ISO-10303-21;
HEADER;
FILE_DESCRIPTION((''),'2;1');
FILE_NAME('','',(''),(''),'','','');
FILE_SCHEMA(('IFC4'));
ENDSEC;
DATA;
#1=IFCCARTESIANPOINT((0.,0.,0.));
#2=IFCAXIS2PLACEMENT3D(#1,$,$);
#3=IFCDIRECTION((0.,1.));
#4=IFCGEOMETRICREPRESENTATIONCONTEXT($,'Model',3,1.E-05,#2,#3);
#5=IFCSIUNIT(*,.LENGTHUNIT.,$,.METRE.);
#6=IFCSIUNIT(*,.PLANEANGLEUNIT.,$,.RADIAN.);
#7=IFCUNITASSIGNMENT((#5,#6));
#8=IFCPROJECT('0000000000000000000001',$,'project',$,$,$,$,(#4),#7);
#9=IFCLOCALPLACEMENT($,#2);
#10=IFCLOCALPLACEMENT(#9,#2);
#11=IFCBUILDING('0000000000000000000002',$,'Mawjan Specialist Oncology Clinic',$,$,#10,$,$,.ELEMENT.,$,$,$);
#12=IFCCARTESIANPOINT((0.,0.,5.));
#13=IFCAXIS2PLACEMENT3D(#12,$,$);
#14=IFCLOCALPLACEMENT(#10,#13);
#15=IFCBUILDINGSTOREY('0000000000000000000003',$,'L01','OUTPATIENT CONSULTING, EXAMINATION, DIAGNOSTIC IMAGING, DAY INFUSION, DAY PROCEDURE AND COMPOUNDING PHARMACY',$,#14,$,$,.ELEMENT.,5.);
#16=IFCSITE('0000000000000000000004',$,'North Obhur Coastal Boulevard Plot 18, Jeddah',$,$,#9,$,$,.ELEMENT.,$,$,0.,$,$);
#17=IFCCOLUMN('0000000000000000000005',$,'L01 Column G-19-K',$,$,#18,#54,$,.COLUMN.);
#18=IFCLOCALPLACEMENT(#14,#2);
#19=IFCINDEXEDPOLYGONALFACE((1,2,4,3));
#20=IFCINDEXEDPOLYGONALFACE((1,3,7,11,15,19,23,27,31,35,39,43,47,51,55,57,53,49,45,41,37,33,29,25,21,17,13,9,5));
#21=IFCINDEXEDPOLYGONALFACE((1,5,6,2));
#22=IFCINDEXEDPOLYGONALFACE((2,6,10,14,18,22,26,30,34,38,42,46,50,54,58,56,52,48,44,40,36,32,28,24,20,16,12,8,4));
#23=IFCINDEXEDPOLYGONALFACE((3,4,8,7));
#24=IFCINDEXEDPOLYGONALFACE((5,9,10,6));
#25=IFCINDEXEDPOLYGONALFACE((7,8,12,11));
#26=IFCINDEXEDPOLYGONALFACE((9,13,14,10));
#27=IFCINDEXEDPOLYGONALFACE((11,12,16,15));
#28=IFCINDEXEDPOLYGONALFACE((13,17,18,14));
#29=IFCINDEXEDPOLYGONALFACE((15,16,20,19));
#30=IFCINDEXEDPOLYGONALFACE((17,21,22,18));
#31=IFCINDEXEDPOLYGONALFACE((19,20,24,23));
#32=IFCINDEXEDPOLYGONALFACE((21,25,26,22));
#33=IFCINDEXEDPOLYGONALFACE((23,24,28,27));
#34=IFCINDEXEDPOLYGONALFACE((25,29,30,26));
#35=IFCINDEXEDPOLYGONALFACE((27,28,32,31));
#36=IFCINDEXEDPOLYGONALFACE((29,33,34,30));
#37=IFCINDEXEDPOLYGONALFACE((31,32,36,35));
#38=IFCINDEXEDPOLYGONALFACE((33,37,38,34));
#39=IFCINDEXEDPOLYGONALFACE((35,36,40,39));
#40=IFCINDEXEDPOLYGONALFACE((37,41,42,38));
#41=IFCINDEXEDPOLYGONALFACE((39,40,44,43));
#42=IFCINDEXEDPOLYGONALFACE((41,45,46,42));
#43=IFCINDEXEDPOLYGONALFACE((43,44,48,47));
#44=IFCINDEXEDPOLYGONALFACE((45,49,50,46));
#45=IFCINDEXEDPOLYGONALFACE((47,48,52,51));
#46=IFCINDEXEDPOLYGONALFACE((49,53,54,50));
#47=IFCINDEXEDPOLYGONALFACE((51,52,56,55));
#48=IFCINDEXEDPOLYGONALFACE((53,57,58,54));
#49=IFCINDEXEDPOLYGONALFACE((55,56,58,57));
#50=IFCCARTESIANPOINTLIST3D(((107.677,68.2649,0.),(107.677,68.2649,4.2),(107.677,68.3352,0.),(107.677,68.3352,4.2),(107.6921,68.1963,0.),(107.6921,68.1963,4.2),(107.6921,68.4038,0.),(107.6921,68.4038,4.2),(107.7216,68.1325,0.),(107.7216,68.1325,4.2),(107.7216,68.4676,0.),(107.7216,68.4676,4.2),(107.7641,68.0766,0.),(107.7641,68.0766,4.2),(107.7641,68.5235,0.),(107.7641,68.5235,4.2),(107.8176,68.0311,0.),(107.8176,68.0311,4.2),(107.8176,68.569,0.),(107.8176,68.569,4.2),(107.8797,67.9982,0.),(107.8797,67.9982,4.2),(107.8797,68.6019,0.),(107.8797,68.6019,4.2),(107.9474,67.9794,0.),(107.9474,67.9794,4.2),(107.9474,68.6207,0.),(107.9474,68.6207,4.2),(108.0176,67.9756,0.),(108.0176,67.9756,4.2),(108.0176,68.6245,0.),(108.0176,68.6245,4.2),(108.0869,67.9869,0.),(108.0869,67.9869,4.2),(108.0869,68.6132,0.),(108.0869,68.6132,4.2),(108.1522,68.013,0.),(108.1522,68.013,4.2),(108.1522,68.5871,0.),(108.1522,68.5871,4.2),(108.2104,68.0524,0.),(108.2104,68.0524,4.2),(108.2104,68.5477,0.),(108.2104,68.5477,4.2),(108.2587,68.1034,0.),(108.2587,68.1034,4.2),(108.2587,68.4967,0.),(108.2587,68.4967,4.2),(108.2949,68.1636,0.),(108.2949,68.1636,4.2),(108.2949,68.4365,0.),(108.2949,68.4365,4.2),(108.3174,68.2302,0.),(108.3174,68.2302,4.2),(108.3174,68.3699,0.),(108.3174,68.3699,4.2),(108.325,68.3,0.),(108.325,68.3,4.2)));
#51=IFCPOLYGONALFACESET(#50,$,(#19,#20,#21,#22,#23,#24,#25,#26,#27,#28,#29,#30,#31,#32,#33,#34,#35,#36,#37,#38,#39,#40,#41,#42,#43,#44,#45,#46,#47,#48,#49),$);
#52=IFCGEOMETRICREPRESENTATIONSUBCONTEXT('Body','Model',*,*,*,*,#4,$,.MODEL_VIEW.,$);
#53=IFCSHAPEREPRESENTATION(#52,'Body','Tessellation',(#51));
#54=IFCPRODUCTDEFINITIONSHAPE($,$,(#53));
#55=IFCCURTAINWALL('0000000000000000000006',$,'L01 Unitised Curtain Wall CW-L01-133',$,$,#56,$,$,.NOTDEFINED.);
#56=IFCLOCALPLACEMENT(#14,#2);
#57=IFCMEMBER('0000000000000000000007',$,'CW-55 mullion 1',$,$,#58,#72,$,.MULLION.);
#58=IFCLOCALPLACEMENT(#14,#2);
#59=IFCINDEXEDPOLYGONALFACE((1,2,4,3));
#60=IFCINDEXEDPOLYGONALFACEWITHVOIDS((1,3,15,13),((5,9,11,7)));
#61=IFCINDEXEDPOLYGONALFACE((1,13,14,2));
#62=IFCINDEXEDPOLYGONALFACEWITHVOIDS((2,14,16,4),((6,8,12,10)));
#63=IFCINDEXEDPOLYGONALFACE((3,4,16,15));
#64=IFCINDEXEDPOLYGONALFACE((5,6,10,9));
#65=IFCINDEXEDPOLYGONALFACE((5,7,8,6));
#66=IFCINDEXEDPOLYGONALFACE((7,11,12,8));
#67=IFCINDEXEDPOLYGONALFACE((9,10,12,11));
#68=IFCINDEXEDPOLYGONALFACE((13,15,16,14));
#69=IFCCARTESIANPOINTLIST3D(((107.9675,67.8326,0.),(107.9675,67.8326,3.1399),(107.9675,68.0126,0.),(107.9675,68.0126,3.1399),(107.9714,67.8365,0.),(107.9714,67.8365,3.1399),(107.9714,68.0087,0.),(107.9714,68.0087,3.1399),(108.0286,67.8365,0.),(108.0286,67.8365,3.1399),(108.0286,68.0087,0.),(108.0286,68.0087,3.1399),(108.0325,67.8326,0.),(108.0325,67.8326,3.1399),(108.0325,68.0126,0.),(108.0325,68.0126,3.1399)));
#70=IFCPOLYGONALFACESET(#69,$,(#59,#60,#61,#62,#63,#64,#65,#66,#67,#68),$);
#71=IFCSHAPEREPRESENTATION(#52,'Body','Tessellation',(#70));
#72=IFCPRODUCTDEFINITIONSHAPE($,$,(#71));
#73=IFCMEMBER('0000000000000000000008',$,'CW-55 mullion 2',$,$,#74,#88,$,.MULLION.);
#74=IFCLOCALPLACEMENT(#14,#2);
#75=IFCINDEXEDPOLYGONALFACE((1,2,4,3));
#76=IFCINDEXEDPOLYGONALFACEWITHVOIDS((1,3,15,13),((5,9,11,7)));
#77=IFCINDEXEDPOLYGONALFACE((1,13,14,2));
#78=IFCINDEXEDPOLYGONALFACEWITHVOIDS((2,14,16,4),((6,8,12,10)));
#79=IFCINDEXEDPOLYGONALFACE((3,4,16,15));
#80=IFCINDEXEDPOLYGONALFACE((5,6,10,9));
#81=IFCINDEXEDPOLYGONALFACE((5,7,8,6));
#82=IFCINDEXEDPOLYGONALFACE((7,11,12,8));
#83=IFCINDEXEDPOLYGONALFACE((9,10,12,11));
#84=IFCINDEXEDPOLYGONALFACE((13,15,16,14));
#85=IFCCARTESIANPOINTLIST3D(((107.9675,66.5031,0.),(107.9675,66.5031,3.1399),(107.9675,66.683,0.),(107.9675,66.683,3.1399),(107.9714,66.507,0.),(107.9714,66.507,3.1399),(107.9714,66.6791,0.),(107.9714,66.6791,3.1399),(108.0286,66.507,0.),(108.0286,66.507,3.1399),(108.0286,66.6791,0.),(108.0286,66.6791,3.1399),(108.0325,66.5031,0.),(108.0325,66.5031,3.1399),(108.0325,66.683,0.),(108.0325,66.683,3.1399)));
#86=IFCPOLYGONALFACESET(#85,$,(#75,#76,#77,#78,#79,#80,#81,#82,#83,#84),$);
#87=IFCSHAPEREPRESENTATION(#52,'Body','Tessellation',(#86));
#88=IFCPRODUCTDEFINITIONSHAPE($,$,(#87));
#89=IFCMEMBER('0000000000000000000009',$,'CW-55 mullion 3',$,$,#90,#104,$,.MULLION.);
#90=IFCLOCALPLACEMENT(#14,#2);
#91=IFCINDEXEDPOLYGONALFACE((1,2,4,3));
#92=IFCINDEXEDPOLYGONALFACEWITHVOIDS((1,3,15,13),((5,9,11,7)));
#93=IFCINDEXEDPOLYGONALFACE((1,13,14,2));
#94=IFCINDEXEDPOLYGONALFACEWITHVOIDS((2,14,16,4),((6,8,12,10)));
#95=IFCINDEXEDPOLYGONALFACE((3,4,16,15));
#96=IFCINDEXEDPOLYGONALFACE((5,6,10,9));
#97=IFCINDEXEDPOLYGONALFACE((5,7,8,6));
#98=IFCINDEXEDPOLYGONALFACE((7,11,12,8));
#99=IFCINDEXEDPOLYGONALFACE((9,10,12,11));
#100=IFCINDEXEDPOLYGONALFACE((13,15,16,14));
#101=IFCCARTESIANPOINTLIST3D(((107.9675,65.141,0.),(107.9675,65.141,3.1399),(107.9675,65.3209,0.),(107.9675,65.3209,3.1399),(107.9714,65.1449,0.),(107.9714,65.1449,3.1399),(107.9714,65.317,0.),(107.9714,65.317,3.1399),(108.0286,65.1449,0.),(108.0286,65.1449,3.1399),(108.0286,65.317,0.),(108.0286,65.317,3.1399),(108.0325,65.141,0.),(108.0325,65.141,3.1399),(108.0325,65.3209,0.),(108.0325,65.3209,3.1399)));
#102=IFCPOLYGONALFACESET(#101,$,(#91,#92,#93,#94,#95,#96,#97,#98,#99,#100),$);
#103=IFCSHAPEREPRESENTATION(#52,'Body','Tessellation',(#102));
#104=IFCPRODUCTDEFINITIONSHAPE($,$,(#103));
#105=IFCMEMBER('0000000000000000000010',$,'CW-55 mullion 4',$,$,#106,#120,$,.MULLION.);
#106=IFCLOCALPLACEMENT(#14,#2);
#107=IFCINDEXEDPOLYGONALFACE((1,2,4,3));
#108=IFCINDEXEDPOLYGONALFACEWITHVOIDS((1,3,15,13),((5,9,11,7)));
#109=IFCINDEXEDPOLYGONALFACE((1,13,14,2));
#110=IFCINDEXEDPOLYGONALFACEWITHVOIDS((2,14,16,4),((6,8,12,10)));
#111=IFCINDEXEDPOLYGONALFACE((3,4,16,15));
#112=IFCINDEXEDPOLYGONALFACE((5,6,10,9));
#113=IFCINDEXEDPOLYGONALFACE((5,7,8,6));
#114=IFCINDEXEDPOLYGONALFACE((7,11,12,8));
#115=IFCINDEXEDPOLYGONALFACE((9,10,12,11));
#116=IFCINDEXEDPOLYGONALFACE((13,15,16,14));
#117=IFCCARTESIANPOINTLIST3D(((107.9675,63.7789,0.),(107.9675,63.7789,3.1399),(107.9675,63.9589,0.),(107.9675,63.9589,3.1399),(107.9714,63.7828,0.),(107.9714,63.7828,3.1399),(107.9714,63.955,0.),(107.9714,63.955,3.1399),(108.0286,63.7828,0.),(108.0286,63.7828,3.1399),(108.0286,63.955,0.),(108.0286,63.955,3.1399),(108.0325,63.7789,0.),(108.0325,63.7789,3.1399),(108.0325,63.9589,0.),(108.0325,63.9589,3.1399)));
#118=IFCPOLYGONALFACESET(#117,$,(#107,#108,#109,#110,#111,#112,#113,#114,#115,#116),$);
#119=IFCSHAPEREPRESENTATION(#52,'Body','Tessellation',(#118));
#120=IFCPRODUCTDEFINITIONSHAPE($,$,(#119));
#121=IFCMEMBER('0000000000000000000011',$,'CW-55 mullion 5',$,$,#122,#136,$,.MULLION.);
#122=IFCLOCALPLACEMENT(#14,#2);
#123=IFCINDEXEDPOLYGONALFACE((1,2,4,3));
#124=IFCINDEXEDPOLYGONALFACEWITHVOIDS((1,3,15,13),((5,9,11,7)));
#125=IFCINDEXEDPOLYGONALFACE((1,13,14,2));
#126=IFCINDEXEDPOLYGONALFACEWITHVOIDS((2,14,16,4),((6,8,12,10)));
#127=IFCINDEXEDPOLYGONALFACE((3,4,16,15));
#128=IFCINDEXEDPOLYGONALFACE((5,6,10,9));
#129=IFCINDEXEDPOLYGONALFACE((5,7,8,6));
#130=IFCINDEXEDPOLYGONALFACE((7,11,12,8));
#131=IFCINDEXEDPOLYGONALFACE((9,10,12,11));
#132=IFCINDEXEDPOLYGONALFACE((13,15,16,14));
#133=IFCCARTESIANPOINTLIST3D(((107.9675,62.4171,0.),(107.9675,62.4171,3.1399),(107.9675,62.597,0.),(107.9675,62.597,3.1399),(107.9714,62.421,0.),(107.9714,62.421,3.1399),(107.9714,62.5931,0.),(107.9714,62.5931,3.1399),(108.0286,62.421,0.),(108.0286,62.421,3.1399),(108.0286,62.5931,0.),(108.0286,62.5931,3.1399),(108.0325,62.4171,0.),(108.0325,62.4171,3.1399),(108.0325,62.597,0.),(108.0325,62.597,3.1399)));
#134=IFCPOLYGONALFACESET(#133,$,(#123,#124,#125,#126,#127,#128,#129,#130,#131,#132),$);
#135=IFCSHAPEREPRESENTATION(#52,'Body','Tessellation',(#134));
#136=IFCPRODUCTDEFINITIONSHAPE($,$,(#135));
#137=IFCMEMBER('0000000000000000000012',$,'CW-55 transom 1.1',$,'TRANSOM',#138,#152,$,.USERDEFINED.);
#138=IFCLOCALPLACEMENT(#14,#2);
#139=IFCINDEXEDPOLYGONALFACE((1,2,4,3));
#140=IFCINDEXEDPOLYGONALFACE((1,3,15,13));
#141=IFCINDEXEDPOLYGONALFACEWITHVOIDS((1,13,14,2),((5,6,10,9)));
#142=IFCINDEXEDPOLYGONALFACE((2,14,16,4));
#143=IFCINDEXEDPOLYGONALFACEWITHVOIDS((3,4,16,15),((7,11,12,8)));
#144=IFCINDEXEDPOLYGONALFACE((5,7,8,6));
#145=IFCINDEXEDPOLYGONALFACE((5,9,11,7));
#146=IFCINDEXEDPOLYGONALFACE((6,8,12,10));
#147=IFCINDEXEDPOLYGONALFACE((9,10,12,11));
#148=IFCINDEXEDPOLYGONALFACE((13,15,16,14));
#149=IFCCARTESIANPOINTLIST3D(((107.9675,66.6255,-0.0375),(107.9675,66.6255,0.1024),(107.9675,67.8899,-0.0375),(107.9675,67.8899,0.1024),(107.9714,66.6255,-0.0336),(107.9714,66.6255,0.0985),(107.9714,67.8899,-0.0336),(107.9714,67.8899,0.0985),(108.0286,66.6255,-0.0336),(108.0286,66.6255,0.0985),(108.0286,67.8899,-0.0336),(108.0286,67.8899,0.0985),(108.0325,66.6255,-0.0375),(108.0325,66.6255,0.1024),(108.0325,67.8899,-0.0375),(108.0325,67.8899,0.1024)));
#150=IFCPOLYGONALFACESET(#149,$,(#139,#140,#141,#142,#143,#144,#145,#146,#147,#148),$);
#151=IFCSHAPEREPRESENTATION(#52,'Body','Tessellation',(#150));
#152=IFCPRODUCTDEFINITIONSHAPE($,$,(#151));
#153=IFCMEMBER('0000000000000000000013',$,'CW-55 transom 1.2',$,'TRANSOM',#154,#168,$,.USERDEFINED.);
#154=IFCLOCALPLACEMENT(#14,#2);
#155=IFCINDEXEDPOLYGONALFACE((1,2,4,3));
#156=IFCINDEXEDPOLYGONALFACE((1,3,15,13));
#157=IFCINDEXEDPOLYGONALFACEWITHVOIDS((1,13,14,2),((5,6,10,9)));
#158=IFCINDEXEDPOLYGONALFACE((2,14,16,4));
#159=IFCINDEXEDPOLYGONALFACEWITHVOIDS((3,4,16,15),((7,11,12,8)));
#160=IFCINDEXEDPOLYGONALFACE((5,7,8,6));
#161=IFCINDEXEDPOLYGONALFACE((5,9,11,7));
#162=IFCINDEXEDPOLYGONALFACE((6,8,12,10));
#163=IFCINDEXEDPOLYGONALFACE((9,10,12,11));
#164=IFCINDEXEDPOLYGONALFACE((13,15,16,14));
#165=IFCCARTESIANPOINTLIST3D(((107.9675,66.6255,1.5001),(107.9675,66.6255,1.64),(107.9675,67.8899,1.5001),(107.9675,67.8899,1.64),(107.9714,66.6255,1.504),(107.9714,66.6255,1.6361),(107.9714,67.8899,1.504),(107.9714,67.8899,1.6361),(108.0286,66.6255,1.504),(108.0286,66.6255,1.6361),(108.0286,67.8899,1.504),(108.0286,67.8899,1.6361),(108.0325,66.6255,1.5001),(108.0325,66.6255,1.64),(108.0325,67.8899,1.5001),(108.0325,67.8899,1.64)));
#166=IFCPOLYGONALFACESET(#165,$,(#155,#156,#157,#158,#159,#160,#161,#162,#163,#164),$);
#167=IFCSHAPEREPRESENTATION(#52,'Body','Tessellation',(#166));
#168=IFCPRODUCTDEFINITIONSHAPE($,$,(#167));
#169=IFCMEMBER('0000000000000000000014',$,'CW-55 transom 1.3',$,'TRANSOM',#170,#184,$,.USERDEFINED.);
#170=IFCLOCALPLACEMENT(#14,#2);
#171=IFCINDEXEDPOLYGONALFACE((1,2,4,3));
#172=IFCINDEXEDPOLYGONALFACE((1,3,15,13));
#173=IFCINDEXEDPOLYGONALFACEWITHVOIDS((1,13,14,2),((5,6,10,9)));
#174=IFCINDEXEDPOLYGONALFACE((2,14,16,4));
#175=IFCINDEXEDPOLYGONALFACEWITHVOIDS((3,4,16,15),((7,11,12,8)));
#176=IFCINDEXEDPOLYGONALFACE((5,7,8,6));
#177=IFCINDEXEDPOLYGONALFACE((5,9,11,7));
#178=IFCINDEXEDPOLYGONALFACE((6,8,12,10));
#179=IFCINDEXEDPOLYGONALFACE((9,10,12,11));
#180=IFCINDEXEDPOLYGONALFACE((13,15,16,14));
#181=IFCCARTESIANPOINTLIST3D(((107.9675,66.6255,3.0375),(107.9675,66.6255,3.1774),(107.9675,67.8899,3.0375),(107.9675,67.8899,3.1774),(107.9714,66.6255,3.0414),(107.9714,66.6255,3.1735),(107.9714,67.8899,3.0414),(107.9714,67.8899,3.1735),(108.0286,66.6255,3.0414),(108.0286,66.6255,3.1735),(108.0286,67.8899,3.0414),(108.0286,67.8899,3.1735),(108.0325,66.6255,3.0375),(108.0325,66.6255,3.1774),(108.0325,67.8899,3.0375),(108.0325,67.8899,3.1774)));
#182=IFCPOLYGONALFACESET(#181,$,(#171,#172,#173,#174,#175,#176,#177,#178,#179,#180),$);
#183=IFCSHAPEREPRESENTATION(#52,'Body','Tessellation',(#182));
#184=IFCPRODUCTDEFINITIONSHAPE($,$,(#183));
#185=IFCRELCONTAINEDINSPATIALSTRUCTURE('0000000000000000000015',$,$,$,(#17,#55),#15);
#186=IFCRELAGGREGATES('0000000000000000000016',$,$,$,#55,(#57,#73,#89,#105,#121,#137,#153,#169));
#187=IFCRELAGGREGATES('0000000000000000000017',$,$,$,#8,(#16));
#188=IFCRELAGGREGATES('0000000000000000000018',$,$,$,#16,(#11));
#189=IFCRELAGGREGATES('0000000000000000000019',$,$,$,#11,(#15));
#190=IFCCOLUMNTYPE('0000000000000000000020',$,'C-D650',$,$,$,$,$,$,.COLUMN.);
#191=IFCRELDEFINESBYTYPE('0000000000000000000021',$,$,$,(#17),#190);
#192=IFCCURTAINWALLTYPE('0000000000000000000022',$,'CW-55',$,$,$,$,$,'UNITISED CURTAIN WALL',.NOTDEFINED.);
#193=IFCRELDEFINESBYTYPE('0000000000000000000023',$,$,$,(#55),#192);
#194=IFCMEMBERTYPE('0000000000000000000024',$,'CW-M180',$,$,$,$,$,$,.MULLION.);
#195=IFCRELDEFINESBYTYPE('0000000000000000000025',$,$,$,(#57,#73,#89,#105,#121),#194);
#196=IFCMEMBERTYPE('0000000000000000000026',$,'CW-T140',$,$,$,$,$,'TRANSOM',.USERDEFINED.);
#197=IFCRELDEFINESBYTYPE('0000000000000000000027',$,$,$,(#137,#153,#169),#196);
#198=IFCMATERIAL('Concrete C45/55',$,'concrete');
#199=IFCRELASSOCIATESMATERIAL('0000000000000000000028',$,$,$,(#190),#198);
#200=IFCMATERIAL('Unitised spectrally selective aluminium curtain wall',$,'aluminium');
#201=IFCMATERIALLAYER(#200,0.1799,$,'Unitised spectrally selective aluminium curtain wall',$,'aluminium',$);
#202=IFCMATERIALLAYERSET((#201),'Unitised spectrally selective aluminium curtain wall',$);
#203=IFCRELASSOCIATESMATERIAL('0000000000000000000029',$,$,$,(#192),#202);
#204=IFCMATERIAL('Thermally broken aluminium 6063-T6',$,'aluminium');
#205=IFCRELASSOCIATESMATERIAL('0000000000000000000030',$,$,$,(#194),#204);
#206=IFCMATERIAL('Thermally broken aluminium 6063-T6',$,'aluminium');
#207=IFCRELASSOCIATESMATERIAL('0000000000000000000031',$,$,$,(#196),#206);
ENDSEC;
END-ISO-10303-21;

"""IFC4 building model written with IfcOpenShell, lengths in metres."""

from ifc_helpers import new_model, si_unit, direction, frame, origin, origin_2d, place, context, subcontext, project, spatial, hollow_rectangle, circle, extrude, material, layer, layer_set, material_profile, profile_set, type_object, element, aggregate, save


model = new_model("IFC4")

# Units and contexts
model_context = context("Model", 3, precision=1e-05, world=origin(), true_north=direction((0.0, 1.0)))
body_context = subcontext(model_context, "Body", "Model", "MODEL_VIEW")
ifc_project = project(units=[si_unit("LENGTHUNIT", "METRE"), si_unit("PLANEANGLEUNIT", "RADIAN")], contexts=[model_context])

# Site, building, storey
site_placement = place(None, origin())
site = spatial("IfcSite", under=ifc_project, at=site_placement, Name="North Obhur Coastal Boulevard Plot 18, Jeddah", CompositionType="ELEMENT", RefElevation=0.0)
building_placement = place(site_placement, origin())
building = spatial("IfcBuilding", under=site, at=building_placement, Name="Mawjan Specialist Oncology Clinic", CompositionType="ELEMENT")
storey_placement = place(building_placement, frame((0.0, 0.0, 5.0)))
storey = spatial("IfcBuildingStorey", under=building, at=storey_placement, Name="L01", Description="OUTPATIENT CONSULTING, EXAMINATION, DIAGNOSTIC IMAGING, DAY INFUSION, DAY PROCEDURE AND COMPOUNDING PHARMACY", CompositionType="ELEMENT", Elevation=5.0)

# Column
ifc_material_1 = material(Name="Concrete C45/55", Category="concrete")
ifc_material_profile_1 = material_profile(ifc_material_1, circle(Radius=0.325, at=origin_2d()), Name="RC COL D650", Category="concrete")
ifc_profile_set_1 = profile_set([ifc_material_profile_1], Name="Concrete C45/55")
column_type = type_object("IfcColumnType", Name="C-D650", PredefinedType="COLUMN", material=ifc_profile_set_1)
column_placement = place(storey_placement, frame((108.0, 68.3, 0.0), z_axis=(0.0, 0.0, 1.0), x_axis=(1.0, 0.0, 0.0)))
element("IfcColumn", 1, at=column_placement, inside=storey, type_object=column_type, Name="L01 Column G-19-K", PredefinedType="COLUMN", context=body_context, shape_type="SweptSolid", body=[
    extrude(circle(Radius=0.325, at=origin_2d()), origin(), (0.0, 0.0, 1.0), 4.2),
])

# Curtain wall, members
ifc_material_2 = material(Name="Unitised spectrally selective aluminium curtain wall", Category="aluminium")
ifc_layer_1 = layer(ifc_material_2, 0.1799, Name="Unitised spectrally selective aluminium curtain wall", Category="aluminium")
ifc_layer_set_1 = layer_set([ifc_layer_1], Name="Unitised spectrally selective aluminium curtain wall")
curtain_wall_type = type_object("IfcCurtainWallType", Name="CW-55", ElementType="UNITISED CURTAIN WALL", PredefinedType="NOTDEFINED", material=ifc_layer_set_1)
curtain_wall_placement = place(storey_placement, origin())
curtain_wall = element("IfcCurtainWall", 2, at=curtain_wall_placement, inside=storey, type_object=curtain_wall_type, Name="L01 Unitised Curtain Wall CW-L01-133", PredefinedType="NOTDEFINED")
ifc_material_3 = material(Name="Thermally broken aluminium 6063-T6", Category="aluminium")
ifc_material_profile_2 = material_profile(ifc_material_3, hollow_rectangle(XDim=0.0649, YDim=0.1799, WallThickness=0.0039, at=origin_2d()), Name="ALU MULLION 180x65x4", Category="aluminium")
ifc_profile_set_2 = profile_set([ifc_material_profile_2], Name="Thermally broken aluminium 6063-T6")
member_type_1 = type_object("IfcMemberType", Name="CW-M180", PredefinedType="MULLION", material=ifc_profile_set_2)
member_1_placement = place(storey_placement, frame((108.0, 67.9226, 0.0), z_axis=(0.0, 0.0, 1.0), x_axis=(1.0, 0.0, 0.0)))
member_1 = element("IfcMember", 3, at=member_1_placement, type_object=member_type_1, Name="CW-55 mullion 1", PredefinedType="MULLION", context=body_context, shape_type="SweptSolid", body=[
    extrude(hollow_rectangle(XDim=0.0649, YDim=0.1799, WallThickness=0.0039, at=origin_2d()), origin(), (0.0, 0.0, 1.0), 3.1399),
])
member_2_placement = place(storey_placement, frame((108.0, 66.593, 0.0), z_axis=(0.0, 0.0, 1.0), x_axis=(1.0, 0.0, 0.0)))
member_2 = element("IfcMember", 4, at=member_2_placement, type_object=member_type_1, Name="CW-55 mullion 2", PredefinedType="MULLION", context=body_context, shape_type="SweptSolid", body=[
    extrude(hollow_rectangle(XDim=0.0649, YDim=0.1799, WallThickness=0.0039, at=origin_2d()), origin(), (0.0, 0.0, 1.0), 3.1399),
])
member_3_placement = place(storey_placement, frame((108.0, 65.231, 0.0), z_axis=(0.0, 0.0, 1.0), x_axis=(1.0, 0.0, 0.0)))
member_3 = element("IfcMember", 5, at=member_3_placement, type_object=member_type_1, Name="CW-55 mullion 3", PredefinedType="MULLION", context=body_context, shape_type="SweptSolid", body=[
    extrude(hollow_rectangle(XDim=0.0649, YDim=0.1799, WallThickness=0.0039, at=origin_2d()), origin(), (0.0, 0.0, 1.0), 3.1399),
])
member_4_placement = place(storey_placement, frame((108.0, 63.8689, 0.0), z_axis=(0.0, 0.0, 1.0), x_axis=(1.0, 0.0, 0.0)))
member_4 = element("IfcMember", 6, at=member_4_placement, type_object=member_type_1, Name="CW-55 mullion 4", PredefinedType="MULLION", context=body_context, shape_type="SweptSolid", body=[
    extrude(hollow_rectangle(XDim=0.0649, YDim=0.1799, WallThickness=0.0039, at=origin_2d()), origin(), (0.0, 0.0, 1.0), 3.1399),
])
member_5_placement = place(storey_placement, frame((108.0, 62.5071, 0.0), z_axis=(0.0, 0.0, 1.0), x_axis=(1.0, 0.0, 0.0)))
member_5 = element("IfcMember", 7, at=member_5_placement, type_object=member_type_1, Name="CW-55 mullion 5", PredefinedType="MULLION", context=body_context, shape_type="SweptSolid", body=[
    extrude(hollow_rectangle(XDim=0.0649, YDim=0.1799, WallThickness=0.0039, at=origin_2d()), origin(), (0.0, 0.0, 1.0), 3.1399),
])
ifc_material_4 = material(Name="Thermally broken aluminium 6063-T6", Category="aluminium")
ifc_material_profile_3 = material_profile(ifc_material_4, hollow_rectangle(XDim=0.0649, YDim=0.1399, WallThickness=0.0039, at=origin_2d()), Name="ALU TRANSOM 140x65x4", Category="aluminium")
ifc_profile_set_3 = profile_set([ifc_material_profile_3], Name="Thermally broken aluminium 6063-T6")
member_type_2 = type_object("IfcMemberType", Name="CW-T140", ElementType="TRANSOM", PredefinedType="USERDEFINED", material=ifc_profile_set_3)
member_6_placement = place(storey_placement, frame((108.0, 67.8899, 0.0325), z_axis=(0.0, -1.0, 0.0), x_axis=(1.0, 0.0, 0.0)))
member_6 = element("IfcMember", 8, at=member_6_placement, type_object=member_type_2, Name="CW-55 transom 1.1", ObjectType="TRANSOM", PredefinedType="USERDEFINED", context=body_context, shape_type="SweptSolid", body=[
    extrude(hollow_rectangle(XDim=0.0649, YDim=0.1399, WallThickness=0.0039, at=origin_2d()), origin(), (0.0, 0.0, 1.0), 1.2644),
])
member_7_placement = place(storey_placement, frame((108.0, 67.8899, 1.5701), z_axis=(0.0, -1.0, 0.0), x_axis=(1.0, 0.0, 0.0)))
member_7 = element("IfcMember", 9, at=member_7_placement, type_object=member_type_2, Name="CW-55 transom 1.2", ObjectType="TRANSOM", PredefinedType="USERDEFINED", context=body_context, shape_type="SweptSolid", body=[
    extrude(hollow_rectangle(XDim=0.0649, YDim=0.1399, WallThickness=0.0039, at=origin_2d()), origin(), (0.0, 0.0, 1.0), 1.2644),
])
member_8_placement = place(storey_placement, frame((108.0, 67.8899, 3.1074), z_axis=(0.0, -1.0, 0.0), x_axis=(1.0, 0.0, 0.0)))
member_8 = element("IfcMember", 10, at=member_8_placement, type_object=member_type_2, Name="CW-55 transom 1.3", ObjectType="TRANSOM", PredefinedType="USERDEFINED", context=body_context, shape_type="SweptSolid", body=[
    extrude(hollow_rectangle(XDim=0.0649, YDim=0.1399, WallThickness=0.0039, at=origin_2d()), origin(), (0.0, 0.0, 1.0), 1.2644),
])

aggregate(curtain_wall, [member_1, member_2, member_3, member_4, member_5, member_6, member_7, member_8])

save(model, "model.ifc")
